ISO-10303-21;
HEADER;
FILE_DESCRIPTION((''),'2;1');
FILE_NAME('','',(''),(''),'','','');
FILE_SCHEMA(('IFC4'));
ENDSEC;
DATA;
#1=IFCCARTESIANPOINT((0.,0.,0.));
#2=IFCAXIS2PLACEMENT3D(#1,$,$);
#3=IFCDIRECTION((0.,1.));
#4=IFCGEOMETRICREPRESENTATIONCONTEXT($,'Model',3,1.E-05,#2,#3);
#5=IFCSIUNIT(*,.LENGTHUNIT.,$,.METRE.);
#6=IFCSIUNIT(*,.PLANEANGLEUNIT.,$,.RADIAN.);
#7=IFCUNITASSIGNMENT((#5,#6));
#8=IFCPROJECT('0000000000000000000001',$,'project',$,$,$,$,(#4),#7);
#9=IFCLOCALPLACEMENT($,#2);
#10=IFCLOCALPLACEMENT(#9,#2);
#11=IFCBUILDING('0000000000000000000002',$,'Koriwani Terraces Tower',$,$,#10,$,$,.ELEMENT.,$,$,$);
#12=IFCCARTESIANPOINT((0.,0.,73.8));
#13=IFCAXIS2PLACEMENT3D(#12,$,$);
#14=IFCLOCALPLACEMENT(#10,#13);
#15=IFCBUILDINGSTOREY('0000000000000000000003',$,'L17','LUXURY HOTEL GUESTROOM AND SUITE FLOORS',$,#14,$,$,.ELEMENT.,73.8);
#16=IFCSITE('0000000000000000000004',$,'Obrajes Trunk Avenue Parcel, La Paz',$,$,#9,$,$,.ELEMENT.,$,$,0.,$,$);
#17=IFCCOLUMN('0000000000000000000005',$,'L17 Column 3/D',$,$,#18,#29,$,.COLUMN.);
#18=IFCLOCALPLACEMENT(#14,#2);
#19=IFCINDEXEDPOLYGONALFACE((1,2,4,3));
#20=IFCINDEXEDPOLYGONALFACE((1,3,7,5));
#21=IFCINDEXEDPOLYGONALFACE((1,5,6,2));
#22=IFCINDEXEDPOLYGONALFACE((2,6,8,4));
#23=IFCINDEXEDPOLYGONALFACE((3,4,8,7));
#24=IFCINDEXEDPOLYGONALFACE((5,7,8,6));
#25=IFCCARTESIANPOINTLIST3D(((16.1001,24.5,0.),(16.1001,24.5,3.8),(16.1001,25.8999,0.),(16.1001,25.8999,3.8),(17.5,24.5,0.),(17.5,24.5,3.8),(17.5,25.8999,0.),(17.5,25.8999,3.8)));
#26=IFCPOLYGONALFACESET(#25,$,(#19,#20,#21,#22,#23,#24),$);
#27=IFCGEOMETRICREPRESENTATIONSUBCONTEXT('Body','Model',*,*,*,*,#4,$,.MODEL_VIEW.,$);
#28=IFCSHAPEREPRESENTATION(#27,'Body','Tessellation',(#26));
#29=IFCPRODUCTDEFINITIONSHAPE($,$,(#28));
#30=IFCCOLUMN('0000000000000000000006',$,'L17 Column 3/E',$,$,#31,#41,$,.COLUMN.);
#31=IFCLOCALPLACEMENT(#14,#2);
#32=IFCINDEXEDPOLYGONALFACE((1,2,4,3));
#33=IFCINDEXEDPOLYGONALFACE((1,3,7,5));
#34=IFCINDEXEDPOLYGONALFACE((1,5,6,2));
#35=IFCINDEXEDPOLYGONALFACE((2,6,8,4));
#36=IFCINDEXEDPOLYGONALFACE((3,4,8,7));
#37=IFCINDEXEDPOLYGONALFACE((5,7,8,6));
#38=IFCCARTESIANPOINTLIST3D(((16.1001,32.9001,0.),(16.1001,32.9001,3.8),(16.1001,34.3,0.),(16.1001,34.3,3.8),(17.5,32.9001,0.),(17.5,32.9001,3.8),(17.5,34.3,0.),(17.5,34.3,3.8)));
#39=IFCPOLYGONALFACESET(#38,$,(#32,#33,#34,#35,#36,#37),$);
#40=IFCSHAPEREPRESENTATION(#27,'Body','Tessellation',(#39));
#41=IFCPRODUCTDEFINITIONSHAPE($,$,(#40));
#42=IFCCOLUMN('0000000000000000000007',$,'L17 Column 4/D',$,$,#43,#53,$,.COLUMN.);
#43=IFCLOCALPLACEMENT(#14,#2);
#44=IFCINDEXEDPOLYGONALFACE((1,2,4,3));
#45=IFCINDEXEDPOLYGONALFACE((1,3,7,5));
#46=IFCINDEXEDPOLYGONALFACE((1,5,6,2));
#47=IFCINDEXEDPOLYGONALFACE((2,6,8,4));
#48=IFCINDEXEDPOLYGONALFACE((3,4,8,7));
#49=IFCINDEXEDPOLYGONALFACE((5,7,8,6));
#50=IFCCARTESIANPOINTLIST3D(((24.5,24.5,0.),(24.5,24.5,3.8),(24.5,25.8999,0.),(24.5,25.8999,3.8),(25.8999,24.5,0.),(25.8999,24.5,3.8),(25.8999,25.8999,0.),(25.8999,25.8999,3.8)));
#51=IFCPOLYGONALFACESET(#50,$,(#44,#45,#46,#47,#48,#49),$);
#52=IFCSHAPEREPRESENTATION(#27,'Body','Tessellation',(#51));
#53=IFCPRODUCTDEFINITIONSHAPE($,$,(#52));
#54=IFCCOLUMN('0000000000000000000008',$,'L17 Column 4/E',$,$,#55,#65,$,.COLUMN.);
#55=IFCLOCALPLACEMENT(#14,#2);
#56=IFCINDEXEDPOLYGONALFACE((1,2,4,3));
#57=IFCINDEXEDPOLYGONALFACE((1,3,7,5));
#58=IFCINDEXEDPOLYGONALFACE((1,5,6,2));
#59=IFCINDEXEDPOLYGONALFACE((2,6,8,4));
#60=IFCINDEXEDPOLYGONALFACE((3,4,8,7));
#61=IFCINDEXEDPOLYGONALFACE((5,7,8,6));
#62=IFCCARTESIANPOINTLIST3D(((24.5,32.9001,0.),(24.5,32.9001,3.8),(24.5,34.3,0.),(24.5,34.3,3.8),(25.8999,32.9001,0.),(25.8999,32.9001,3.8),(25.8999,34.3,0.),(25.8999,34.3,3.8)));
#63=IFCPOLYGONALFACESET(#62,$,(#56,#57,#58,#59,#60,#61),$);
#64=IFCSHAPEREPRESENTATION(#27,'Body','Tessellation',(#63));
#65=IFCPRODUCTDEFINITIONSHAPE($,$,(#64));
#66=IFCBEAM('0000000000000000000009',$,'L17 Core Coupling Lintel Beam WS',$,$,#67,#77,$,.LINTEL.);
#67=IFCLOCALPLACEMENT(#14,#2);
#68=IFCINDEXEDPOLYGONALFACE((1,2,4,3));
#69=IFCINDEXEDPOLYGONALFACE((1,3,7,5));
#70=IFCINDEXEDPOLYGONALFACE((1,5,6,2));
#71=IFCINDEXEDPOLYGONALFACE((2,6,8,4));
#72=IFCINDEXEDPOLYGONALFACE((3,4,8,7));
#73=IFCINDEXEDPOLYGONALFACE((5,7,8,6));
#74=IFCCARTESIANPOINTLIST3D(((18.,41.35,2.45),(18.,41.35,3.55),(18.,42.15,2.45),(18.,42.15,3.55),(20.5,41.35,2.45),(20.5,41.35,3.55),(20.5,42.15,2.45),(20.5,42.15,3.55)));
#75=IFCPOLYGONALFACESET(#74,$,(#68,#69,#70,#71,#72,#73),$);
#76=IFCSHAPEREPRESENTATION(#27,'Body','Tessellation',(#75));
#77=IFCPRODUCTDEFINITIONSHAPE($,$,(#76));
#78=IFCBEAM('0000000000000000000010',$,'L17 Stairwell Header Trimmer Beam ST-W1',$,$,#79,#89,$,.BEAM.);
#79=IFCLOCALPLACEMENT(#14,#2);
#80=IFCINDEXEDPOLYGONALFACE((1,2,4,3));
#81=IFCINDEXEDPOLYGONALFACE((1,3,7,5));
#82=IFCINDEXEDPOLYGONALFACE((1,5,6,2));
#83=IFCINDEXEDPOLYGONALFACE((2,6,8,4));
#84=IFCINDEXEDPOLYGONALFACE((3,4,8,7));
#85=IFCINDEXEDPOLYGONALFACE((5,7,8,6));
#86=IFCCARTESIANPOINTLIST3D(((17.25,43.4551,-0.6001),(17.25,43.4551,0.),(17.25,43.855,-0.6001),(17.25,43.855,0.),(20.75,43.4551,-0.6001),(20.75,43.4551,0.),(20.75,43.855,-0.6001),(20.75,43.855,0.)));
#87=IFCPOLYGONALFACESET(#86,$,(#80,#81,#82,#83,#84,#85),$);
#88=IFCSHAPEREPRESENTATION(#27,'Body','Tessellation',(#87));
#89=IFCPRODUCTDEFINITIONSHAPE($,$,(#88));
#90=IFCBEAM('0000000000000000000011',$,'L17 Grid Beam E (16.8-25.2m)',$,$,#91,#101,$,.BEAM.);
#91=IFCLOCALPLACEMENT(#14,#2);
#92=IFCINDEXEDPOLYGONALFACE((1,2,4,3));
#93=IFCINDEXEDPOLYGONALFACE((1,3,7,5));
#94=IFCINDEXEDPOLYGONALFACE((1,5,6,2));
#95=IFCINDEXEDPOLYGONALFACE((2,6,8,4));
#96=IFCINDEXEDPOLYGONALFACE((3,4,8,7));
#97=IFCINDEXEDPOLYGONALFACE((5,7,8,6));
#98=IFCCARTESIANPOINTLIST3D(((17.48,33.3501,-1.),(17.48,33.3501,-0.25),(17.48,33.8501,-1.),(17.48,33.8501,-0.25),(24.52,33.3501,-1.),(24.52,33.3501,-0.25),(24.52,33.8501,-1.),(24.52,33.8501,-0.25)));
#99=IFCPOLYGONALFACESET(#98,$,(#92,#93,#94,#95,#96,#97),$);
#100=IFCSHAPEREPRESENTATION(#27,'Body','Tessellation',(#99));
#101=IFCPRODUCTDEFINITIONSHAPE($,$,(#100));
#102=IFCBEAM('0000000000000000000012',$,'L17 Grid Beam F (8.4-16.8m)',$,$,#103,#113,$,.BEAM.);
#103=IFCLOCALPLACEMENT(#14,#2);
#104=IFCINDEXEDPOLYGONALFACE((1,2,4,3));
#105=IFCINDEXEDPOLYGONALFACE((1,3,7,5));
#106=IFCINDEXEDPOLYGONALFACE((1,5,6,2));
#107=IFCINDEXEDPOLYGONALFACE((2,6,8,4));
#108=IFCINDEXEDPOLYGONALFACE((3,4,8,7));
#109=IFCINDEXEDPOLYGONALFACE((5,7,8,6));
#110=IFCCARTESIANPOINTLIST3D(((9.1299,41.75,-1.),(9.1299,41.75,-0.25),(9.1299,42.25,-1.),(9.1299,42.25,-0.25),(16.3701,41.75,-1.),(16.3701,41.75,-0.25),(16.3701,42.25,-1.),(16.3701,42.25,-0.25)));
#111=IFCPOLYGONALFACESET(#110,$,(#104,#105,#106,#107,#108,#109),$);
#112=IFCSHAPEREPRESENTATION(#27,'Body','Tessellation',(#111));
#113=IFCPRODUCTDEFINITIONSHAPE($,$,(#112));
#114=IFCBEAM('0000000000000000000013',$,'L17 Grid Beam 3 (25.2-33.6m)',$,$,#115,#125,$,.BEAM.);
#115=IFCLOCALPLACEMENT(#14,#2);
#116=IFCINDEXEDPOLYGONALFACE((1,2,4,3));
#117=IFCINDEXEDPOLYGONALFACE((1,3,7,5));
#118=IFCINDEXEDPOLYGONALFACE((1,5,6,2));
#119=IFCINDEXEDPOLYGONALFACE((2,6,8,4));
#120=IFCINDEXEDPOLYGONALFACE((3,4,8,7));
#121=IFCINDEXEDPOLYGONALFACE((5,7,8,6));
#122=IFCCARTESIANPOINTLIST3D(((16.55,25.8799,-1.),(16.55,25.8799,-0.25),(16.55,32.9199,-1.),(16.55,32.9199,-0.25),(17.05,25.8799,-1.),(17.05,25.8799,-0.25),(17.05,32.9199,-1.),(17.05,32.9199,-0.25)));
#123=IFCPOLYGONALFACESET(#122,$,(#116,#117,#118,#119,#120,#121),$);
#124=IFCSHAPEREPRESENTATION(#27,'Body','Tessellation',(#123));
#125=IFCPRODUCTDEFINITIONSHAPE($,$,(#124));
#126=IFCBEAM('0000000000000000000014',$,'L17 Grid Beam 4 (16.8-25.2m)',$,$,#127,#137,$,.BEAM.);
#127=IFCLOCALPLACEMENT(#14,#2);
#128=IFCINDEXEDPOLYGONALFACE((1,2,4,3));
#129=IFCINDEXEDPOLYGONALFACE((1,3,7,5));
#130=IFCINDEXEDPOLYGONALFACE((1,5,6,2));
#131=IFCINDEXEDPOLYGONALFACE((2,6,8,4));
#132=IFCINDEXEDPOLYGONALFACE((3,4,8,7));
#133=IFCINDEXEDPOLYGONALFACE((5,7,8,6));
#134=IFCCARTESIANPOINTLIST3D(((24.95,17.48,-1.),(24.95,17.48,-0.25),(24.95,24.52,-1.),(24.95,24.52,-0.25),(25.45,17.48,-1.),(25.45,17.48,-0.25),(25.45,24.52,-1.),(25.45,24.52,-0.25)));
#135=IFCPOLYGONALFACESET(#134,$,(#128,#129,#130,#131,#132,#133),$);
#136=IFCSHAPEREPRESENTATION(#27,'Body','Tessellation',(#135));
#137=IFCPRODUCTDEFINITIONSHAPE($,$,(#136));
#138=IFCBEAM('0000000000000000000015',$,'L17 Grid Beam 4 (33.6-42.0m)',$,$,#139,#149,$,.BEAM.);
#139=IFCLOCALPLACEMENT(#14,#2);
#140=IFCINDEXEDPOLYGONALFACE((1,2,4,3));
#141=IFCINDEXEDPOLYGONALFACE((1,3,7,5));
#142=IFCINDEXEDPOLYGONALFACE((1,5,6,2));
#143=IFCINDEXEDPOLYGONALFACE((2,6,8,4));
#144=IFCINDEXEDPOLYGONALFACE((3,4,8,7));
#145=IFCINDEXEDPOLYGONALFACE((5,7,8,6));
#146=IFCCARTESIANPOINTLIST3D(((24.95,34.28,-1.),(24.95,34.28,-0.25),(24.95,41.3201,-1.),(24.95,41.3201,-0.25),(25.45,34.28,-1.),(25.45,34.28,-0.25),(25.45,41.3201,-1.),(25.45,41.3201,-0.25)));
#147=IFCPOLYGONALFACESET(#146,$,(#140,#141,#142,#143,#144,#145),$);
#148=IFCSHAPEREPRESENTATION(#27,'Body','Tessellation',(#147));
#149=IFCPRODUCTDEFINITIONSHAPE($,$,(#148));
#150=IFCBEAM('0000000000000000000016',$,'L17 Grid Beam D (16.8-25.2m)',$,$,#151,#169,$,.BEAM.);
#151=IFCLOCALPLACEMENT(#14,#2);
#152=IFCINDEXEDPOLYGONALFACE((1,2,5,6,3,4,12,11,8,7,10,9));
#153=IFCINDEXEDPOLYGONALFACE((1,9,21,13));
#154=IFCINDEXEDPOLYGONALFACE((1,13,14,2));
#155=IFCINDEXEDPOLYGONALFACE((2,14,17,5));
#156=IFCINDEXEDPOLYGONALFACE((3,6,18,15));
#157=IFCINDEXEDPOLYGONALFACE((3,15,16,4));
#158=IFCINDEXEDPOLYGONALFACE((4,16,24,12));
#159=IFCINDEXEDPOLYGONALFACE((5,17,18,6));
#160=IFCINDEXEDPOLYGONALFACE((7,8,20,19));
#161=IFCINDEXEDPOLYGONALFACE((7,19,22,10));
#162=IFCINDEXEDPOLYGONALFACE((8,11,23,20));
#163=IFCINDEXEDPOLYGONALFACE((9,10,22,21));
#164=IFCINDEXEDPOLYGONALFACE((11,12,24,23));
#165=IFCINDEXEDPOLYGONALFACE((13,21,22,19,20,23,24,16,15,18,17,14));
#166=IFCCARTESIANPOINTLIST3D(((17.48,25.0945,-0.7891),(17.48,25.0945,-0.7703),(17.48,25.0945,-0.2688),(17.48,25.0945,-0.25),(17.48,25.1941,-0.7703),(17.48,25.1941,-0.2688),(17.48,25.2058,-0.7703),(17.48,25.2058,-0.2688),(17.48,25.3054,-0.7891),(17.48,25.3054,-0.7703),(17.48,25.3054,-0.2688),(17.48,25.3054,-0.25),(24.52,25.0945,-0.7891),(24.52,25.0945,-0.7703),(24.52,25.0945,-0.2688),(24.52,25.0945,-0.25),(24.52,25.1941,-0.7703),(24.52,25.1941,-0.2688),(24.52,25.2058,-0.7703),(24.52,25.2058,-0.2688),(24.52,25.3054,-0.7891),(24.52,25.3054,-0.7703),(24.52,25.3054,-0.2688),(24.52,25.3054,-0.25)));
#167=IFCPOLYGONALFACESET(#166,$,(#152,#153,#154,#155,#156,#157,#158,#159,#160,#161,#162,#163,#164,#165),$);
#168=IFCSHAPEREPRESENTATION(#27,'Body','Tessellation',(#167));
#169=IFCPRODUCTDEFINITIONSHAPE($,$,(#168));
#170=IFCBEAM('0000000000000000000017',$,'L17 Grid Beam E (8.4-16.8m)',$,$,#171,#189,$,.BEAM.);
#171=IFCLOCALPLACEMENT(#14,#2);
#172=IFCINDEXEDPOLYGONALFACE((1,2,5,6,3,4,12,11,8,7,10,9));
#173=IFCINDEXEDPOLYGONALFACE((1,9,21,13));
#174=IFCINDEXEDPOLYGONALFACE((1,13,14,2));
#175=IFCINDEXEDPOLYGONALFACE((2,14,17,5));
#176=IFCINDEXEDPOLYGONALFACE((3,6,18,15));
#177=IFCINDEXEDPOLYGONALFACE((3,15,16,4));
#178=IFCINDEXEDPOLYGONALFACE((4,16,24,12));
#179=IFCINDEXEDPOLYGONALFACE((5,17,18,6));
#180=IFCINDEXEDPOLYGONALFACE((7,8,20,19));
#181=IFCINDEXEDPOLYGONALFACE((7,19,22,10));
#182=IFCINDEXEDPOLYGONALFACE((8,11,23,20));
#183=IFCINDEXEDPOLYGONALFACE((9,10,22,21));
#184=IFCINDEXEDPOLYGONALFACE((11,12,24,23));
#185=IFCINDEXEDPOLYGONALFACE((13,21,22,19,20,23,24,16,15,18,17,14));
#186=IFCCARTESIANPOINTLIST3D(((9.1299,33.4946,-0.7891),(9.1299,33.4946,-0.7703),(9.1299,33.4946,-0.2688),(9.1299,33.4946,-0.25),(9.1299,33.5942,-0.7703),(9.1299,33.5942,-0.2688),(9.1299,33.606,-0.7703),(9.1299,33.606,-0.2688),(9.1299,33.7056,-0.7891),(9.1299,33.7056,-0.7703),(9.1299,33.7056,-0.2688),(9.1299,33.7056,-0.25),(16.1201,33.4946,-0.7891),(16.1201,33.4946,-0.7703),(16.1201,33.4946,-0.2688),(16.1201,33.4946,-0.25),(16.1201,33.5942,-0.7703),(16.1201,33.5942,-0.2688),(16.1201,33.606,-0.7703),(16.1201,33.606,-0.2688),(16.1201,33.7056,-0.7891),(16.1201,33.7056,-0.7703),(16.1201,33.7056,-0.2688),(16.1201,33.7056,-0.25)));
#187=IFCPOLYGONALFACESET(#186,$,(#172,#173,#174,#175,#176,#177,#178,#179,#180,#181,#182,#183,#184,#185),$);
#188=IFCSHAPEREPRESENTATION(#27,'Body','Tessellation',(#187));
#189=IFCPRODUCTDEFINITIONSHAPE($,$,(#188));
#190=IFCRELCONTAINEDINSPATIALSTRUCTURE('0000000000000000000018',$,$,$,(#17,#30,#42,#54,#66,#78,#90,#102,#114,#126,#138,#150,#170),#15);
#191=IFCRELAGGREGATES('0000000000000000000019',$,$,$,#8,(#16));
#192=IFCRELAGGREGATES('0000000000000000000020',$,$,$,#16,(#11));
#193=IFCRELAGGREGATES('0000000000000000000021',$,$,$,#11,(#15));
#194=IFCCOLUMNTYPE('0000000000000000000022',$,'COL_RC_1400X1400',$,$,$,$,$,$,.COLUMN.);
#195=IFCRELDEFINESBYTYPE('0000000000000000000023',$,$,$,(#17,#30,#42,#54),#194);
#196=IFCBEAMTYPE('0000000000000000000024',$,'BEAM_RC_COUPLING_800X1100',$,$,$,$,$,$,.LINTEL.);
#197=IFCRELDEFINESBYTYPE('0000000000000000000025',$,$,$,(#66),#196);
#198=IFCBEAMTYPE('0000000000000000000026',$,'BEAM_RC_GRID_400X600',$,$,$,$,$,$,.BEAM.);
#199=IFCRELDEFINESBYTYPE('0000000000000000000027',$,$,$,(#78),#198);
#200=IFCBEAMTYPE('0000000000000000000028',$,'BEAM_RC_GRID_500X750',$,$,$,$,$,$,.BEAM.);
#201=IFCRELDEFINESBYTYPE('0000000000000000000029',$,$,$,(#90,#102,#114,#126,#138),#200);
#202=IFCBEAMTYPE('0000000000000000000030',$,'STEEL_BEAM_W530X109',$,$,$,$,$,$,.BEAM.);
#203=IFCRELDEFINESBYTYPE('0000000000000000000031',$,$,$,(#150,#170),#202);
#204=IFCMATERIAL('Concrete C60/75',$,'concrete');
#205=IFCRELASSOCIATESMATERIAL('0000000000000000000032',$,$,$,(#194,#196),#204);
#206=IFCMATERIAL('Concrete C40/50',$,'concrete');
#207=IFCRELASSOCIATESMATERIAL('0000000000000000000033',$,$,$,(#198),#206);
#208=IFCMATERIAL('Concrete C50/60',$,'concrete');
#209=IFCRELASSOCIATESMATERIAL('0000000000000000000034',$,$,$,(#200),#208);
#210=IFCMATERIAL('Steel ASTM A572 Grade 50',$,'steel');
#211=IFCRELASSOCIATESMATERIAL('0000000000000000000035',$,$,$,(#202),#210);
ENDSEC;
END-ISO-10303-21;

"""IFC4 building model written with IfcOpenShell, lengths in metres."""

from ifc_helpers import new_model, si_unit, direction, frame, origin, origin_2d, place, context, subcontext, project, spatial, rectangle, i_section, extrude, material, material_profile, profile_set, type_object, element, save


model = new_model("IFC4")

# Units and contexts
model_context = context("Model", 3, precision=1e-05, world=origin(), true_north=direction((0.0, 1.0)))
body_context = subcontext(model_context, "Body", "Model", "MODEL_VIEW")
ifc_project = project(units=[si_unit("LENGTHUNIT", "METRE"), si_unit("PLANEANGLEUNIT", "RADIAN")], contexts=[model_context])

# Site, building, storey
site_placement = place(None, origin())
site = spatial("IfcSite", under=ifc_project, at=site_placement, Name="Obrajes Trunk Avenue Parcel, La Paz", CompositionType="ELEMENT", RefElevation=0.0)
building_placement = place(site_placement, origin())
building = spatial("IfcBuilding", under=site, at=building_placement, Name="Koriwani Terraces Tower", CompositionType="ELEMENT")
storey_placement = place(building_placement, frame((0.0, 0.0, 73.8)))
storey = spatial("IfcBuildingStorey", under=building, at=storey_placement, Name="L17", Description="LUXURY HOTEL GUESTROOM AND SUITE FLOORS", CompositionType="ELEMENT", Elevation=73.8)

# Columns
ifc_material_1 = material(Name="Concrete C60/75", Category="concrete")
ifc_material_profile_1 = material_profile(ifc_material_1, rectangle(XDim=1.3999, YDim=1.3999, at=origin_2d()), Name="Concrete C60/75", Category="LoadBearing")
ifc_profile_set_1 = profile_set([ifc_material_profile_1], Name="Concrete C60/75")
column_type = type_object("IfcColumnType", Name="COL_RC_1400X1400", PredefinedType="COLUMN", material=ifc_profile_set_1)
for number, where, z_axis, x_axis, name in (
    (1, (16.8, 25.2, 0.0), (0.0, 0.0, 1.0), (1.0, 0.0, 0.0), "L17 Column 3/D"),
    (2, (16.8, 33.6001, 0.0), (0.0, 0.0, 1.0), (1.0, 0.0, 0.0), "L17 Column 3/E"),
    (3, (25.2, 25.2, 0.0), (0.0, 0.0, 1.0), (1.0, 0.0, 0.0), "L17 Column 4/D"),
    (4, (25.2, 33.6001, 0.0), (0.0, 0.0, 1.0), (1.0, 0.0, 0.0), "L17 Column 4/E"),
):
    element("IfcColumn", number, at=place(storey_placement, frame(where, z_axis=z_axis, x_axis=x_axis)), inside=storey, type_object=column_type, Name=name, PredefinedType="COLUMN", context=body_context, shape_type="SweptSolid", body=[
        extrude(rectangle(XDim=1.3999, YDim=1.3999, at=origin_2d()), origin(), (0.0, 0.0, 1.0), 3.8),
    ])

# Beams
ifc_material_profile_2 = material_profile(ifc_material_1, rectangle(XDim=0.8, YDim=1.1001, at=origin_2d()), Name="Concrete C60/75", Category="LoadBearing")
ifc_profile_set_2 = profile_set([ifc_material_profile_2], Name="Concrete C60/75")
beam_type_1 = type_object("IfcBeamType", Name="BEAM_RC_COUPLING_800X1100", PredefinedType="LINTEL", material=ifc_profile_set_2)
beam_1_placement = place(storey_placement, frame((18.0, 41.75, 3.0), z_axis=(1.0, 0.0, 0.0), x_axis=(0.0, 1.0, 0.0)))
element("IfcBeam", 5, at=beam_1_placement, inside=storey, type_object=beam_type_1, Name="L17 Core Coupling Lintel Beam WS", PredefinedType="LINTEL", context=body_context, shape_type="SweptSolid", body=[
    extrude(rectangle(XDim=0.8, YDim=1.1001, at=origin_2d()), origin(), (0.0, 0.0, 1.0), 2.5),
])
ifc_material_2 = material(Name="Concrete C40/50", Category="concrete")
ifc_material_profile_3 = material_profile(ifc_material_2, rectangle(XDim=0.3999, YDim=0.6001, at=origin_2d()), Name="Concrete C40/50", Category="LoadBearing")
ifc_profile_set_3 = profile_set([ifc_material_profile_3], Name="Concrete C40/50")
beam_type_2 = type_object("IfcBeamType", Name="BEAM_RC_GRID_400X600", PredefinedType="BEAM", material=ifc_profile_set_3)
beam_2_placement = place(storey_placement, frame((17.25, 43.655, -0.3), z_axis=(1.0, 0.0, 0.0), x_axis=(0.0, 1.0, 0.0)))
element("IfcBeam", 6, at=beam_2_placement, inside=storey, type_object=beam_type_2, Name="L17 Stairwell Header Trimmer Beam ST-W1", PredefinedType="BEAM", context=body_context, shape_type="SweptSolid", body=[
    extrude(rectangle(XDim=0.3999, YDim=0.6001, at=origin_2d()), origin(), (0.0, 0.0, 1.0), 3.5),
])
ifc_material_3 = material(Name="Concrete C50/60", Category="concrete")
ifc_material_profile_4 = material_profile(ifc_material_3, rectangle(XDim=0.5, YDim=0.75, at=origin_2d()), Name="Concrete C50/60", Category="LoadBearing")
ifc_profile_set_4 = profile_set([ifc_material_profile_4], Name="Concrete C50/60")
beam_type_3 = type_object("IfcBeamType", Name="BEAM_RC_GRID_500X750", PredefinedType="BEAM", material=ifc_profile_set_4)
beam_3_placement = place(storey_placement, frame((17.48, 33.6001, -0.625), z_axis=(1.0, 0.0, 0.0), x_axis=(0.0, 1.0, 0.0)))
element("IfcBeam", 7, at=beam_3_placement, inside=storey, type_object=beam_type_3, Name="L17 Grid Beam E (16.8-25.2m)", PredefinedType="BEAM", context=body_context, shape_type="SweptSolid", body=[
    extrude(rectangle(XDim=0.5, YDim=0.75, at=origin_2d()), origin(), (0.0, 0.0, 1.0), 7.04),
])
beam_4_placement = place(storey_placement, frame((9.1299, 42.0, -0.625), z_axis=(1.0, 0.0, 0.0), x_axis=(0.0, 1.0, 0.0)))
element("IfcBeam", 8, at=beam_4_placement, inside=storey, type_object=beam_type_3, Name="L17 Grid Beam F (8.4-16.8m)", PredefinedType="BEAM", context=body_context, shape_type="SweptSolid", body=[
    extrude(rectangle(XDim=0.5, YDim=0.75, at=origin_2d()), origin(), (0.0, 0.0, 1.0), 7.2402),
])
for number, where, z_axis, x_axis, name in (
    (9, (16.8, 25.8799, -0.625), (0.0, 1.0, 0.0), (-1.0, 0.0, 0.0), "L17 Grid Beam 3 (25.2-33.6m)"),
    (10, (25.2, 17.48, -0.625), (0.0, 1.0, 0.0), (-1.0, 0.0, 0.0), "L17 Grid Beam 4 (16.8-25.2m)"),
    (11, (25.2, 34.28, -0.625), (0.0, 1.0, 0.0), (-1.0, 0.0, 0.0), "L17 Grid Beam 4 (33.6-42.0m)"),
):
    element("IfcBeam", number, at=place(storey_placement, frame(where, z_axis=z_axis, x_axis=x_axis)), inside=storey, type_object=beam_type_3, Name=name, PredefinedType="BEAM", context=body_context, shape_type="SweptSolid", body=[
        extrude(rectangle(XDim=0.5, YDim=0.75, at=origin_2d()), origin(), (0.0, 0.0, 1.0), 7.04),
    ])
ifc_material_4 = material(Name="Steel ASTM A572 Grade 50", Category="steel")
ifc_material_profile_5 = material_profile(ifc_material_4, i_section(OverallWidth=0.2109, OverallDepth=0.5391, WebThickness=0.0117, FlangeThickness=0.0188, at=origin_2d()), Name="Steel ASTM A572 Grade 50", Category="LoadBearing")
ifc_profile_set_5 = profile_set([ifc_material_profile_5], Name="Steel ASTM A572 Grade 50")
beam_type_4 = type_object("IfcBeamType", Name="STEEL_BEAM_W530X109", PredefinedType="BEAM", material=ifc_profile_set_5)
beam_5_placement = place(storey_placement, frame((17.48, 25.2, -0.5195), z_axis=(1.0, 0.0, 0.0), x_axis=(0.0, 1.0, 0.0)))
element("IfcBeam", 12, at=beam_5_placement, inside=storey, type_object=beam_type_4, Name="L17 Grid Beam D (16.8-25.2m)", PredefinedType="BEAM", context=body_context, shape_type="SweptSolid", body=[
    extrude(i_section(OverallWidth=0.2109, OverallDepth=0.5391, WebThickness=0.0117, FlangeThickness=0.0188, at=origin_2d()), origin(), (0.0, 0.0, 1.0), 7.04),
])
beam_6_placement = place(storey_placement, frame((9.1299, 33.6001, -0.5195), z_axis=(1.0, 0.0, 0.0), x_axis=(0.0, 1.0, 0.0)))
element("IfcBeam", 13, at=beam_6_placement, inside=storey, type_object=beam_type_4, Name="L17 Grid Beam E (8.4-16.8m)", PredefinedType="BEAM", context=body_context, shape_type="SweptSolid", body=[
    extrude(i_section(OverallWidth=0.2109, OverallDepth=0.5391, WebThickness=0.0117, FlangeThickness=0.0188, at=origin_2d()), origin(), (0.0, 0.0, 1.0), 6.9902),
])

save(model, "model.ifc")
